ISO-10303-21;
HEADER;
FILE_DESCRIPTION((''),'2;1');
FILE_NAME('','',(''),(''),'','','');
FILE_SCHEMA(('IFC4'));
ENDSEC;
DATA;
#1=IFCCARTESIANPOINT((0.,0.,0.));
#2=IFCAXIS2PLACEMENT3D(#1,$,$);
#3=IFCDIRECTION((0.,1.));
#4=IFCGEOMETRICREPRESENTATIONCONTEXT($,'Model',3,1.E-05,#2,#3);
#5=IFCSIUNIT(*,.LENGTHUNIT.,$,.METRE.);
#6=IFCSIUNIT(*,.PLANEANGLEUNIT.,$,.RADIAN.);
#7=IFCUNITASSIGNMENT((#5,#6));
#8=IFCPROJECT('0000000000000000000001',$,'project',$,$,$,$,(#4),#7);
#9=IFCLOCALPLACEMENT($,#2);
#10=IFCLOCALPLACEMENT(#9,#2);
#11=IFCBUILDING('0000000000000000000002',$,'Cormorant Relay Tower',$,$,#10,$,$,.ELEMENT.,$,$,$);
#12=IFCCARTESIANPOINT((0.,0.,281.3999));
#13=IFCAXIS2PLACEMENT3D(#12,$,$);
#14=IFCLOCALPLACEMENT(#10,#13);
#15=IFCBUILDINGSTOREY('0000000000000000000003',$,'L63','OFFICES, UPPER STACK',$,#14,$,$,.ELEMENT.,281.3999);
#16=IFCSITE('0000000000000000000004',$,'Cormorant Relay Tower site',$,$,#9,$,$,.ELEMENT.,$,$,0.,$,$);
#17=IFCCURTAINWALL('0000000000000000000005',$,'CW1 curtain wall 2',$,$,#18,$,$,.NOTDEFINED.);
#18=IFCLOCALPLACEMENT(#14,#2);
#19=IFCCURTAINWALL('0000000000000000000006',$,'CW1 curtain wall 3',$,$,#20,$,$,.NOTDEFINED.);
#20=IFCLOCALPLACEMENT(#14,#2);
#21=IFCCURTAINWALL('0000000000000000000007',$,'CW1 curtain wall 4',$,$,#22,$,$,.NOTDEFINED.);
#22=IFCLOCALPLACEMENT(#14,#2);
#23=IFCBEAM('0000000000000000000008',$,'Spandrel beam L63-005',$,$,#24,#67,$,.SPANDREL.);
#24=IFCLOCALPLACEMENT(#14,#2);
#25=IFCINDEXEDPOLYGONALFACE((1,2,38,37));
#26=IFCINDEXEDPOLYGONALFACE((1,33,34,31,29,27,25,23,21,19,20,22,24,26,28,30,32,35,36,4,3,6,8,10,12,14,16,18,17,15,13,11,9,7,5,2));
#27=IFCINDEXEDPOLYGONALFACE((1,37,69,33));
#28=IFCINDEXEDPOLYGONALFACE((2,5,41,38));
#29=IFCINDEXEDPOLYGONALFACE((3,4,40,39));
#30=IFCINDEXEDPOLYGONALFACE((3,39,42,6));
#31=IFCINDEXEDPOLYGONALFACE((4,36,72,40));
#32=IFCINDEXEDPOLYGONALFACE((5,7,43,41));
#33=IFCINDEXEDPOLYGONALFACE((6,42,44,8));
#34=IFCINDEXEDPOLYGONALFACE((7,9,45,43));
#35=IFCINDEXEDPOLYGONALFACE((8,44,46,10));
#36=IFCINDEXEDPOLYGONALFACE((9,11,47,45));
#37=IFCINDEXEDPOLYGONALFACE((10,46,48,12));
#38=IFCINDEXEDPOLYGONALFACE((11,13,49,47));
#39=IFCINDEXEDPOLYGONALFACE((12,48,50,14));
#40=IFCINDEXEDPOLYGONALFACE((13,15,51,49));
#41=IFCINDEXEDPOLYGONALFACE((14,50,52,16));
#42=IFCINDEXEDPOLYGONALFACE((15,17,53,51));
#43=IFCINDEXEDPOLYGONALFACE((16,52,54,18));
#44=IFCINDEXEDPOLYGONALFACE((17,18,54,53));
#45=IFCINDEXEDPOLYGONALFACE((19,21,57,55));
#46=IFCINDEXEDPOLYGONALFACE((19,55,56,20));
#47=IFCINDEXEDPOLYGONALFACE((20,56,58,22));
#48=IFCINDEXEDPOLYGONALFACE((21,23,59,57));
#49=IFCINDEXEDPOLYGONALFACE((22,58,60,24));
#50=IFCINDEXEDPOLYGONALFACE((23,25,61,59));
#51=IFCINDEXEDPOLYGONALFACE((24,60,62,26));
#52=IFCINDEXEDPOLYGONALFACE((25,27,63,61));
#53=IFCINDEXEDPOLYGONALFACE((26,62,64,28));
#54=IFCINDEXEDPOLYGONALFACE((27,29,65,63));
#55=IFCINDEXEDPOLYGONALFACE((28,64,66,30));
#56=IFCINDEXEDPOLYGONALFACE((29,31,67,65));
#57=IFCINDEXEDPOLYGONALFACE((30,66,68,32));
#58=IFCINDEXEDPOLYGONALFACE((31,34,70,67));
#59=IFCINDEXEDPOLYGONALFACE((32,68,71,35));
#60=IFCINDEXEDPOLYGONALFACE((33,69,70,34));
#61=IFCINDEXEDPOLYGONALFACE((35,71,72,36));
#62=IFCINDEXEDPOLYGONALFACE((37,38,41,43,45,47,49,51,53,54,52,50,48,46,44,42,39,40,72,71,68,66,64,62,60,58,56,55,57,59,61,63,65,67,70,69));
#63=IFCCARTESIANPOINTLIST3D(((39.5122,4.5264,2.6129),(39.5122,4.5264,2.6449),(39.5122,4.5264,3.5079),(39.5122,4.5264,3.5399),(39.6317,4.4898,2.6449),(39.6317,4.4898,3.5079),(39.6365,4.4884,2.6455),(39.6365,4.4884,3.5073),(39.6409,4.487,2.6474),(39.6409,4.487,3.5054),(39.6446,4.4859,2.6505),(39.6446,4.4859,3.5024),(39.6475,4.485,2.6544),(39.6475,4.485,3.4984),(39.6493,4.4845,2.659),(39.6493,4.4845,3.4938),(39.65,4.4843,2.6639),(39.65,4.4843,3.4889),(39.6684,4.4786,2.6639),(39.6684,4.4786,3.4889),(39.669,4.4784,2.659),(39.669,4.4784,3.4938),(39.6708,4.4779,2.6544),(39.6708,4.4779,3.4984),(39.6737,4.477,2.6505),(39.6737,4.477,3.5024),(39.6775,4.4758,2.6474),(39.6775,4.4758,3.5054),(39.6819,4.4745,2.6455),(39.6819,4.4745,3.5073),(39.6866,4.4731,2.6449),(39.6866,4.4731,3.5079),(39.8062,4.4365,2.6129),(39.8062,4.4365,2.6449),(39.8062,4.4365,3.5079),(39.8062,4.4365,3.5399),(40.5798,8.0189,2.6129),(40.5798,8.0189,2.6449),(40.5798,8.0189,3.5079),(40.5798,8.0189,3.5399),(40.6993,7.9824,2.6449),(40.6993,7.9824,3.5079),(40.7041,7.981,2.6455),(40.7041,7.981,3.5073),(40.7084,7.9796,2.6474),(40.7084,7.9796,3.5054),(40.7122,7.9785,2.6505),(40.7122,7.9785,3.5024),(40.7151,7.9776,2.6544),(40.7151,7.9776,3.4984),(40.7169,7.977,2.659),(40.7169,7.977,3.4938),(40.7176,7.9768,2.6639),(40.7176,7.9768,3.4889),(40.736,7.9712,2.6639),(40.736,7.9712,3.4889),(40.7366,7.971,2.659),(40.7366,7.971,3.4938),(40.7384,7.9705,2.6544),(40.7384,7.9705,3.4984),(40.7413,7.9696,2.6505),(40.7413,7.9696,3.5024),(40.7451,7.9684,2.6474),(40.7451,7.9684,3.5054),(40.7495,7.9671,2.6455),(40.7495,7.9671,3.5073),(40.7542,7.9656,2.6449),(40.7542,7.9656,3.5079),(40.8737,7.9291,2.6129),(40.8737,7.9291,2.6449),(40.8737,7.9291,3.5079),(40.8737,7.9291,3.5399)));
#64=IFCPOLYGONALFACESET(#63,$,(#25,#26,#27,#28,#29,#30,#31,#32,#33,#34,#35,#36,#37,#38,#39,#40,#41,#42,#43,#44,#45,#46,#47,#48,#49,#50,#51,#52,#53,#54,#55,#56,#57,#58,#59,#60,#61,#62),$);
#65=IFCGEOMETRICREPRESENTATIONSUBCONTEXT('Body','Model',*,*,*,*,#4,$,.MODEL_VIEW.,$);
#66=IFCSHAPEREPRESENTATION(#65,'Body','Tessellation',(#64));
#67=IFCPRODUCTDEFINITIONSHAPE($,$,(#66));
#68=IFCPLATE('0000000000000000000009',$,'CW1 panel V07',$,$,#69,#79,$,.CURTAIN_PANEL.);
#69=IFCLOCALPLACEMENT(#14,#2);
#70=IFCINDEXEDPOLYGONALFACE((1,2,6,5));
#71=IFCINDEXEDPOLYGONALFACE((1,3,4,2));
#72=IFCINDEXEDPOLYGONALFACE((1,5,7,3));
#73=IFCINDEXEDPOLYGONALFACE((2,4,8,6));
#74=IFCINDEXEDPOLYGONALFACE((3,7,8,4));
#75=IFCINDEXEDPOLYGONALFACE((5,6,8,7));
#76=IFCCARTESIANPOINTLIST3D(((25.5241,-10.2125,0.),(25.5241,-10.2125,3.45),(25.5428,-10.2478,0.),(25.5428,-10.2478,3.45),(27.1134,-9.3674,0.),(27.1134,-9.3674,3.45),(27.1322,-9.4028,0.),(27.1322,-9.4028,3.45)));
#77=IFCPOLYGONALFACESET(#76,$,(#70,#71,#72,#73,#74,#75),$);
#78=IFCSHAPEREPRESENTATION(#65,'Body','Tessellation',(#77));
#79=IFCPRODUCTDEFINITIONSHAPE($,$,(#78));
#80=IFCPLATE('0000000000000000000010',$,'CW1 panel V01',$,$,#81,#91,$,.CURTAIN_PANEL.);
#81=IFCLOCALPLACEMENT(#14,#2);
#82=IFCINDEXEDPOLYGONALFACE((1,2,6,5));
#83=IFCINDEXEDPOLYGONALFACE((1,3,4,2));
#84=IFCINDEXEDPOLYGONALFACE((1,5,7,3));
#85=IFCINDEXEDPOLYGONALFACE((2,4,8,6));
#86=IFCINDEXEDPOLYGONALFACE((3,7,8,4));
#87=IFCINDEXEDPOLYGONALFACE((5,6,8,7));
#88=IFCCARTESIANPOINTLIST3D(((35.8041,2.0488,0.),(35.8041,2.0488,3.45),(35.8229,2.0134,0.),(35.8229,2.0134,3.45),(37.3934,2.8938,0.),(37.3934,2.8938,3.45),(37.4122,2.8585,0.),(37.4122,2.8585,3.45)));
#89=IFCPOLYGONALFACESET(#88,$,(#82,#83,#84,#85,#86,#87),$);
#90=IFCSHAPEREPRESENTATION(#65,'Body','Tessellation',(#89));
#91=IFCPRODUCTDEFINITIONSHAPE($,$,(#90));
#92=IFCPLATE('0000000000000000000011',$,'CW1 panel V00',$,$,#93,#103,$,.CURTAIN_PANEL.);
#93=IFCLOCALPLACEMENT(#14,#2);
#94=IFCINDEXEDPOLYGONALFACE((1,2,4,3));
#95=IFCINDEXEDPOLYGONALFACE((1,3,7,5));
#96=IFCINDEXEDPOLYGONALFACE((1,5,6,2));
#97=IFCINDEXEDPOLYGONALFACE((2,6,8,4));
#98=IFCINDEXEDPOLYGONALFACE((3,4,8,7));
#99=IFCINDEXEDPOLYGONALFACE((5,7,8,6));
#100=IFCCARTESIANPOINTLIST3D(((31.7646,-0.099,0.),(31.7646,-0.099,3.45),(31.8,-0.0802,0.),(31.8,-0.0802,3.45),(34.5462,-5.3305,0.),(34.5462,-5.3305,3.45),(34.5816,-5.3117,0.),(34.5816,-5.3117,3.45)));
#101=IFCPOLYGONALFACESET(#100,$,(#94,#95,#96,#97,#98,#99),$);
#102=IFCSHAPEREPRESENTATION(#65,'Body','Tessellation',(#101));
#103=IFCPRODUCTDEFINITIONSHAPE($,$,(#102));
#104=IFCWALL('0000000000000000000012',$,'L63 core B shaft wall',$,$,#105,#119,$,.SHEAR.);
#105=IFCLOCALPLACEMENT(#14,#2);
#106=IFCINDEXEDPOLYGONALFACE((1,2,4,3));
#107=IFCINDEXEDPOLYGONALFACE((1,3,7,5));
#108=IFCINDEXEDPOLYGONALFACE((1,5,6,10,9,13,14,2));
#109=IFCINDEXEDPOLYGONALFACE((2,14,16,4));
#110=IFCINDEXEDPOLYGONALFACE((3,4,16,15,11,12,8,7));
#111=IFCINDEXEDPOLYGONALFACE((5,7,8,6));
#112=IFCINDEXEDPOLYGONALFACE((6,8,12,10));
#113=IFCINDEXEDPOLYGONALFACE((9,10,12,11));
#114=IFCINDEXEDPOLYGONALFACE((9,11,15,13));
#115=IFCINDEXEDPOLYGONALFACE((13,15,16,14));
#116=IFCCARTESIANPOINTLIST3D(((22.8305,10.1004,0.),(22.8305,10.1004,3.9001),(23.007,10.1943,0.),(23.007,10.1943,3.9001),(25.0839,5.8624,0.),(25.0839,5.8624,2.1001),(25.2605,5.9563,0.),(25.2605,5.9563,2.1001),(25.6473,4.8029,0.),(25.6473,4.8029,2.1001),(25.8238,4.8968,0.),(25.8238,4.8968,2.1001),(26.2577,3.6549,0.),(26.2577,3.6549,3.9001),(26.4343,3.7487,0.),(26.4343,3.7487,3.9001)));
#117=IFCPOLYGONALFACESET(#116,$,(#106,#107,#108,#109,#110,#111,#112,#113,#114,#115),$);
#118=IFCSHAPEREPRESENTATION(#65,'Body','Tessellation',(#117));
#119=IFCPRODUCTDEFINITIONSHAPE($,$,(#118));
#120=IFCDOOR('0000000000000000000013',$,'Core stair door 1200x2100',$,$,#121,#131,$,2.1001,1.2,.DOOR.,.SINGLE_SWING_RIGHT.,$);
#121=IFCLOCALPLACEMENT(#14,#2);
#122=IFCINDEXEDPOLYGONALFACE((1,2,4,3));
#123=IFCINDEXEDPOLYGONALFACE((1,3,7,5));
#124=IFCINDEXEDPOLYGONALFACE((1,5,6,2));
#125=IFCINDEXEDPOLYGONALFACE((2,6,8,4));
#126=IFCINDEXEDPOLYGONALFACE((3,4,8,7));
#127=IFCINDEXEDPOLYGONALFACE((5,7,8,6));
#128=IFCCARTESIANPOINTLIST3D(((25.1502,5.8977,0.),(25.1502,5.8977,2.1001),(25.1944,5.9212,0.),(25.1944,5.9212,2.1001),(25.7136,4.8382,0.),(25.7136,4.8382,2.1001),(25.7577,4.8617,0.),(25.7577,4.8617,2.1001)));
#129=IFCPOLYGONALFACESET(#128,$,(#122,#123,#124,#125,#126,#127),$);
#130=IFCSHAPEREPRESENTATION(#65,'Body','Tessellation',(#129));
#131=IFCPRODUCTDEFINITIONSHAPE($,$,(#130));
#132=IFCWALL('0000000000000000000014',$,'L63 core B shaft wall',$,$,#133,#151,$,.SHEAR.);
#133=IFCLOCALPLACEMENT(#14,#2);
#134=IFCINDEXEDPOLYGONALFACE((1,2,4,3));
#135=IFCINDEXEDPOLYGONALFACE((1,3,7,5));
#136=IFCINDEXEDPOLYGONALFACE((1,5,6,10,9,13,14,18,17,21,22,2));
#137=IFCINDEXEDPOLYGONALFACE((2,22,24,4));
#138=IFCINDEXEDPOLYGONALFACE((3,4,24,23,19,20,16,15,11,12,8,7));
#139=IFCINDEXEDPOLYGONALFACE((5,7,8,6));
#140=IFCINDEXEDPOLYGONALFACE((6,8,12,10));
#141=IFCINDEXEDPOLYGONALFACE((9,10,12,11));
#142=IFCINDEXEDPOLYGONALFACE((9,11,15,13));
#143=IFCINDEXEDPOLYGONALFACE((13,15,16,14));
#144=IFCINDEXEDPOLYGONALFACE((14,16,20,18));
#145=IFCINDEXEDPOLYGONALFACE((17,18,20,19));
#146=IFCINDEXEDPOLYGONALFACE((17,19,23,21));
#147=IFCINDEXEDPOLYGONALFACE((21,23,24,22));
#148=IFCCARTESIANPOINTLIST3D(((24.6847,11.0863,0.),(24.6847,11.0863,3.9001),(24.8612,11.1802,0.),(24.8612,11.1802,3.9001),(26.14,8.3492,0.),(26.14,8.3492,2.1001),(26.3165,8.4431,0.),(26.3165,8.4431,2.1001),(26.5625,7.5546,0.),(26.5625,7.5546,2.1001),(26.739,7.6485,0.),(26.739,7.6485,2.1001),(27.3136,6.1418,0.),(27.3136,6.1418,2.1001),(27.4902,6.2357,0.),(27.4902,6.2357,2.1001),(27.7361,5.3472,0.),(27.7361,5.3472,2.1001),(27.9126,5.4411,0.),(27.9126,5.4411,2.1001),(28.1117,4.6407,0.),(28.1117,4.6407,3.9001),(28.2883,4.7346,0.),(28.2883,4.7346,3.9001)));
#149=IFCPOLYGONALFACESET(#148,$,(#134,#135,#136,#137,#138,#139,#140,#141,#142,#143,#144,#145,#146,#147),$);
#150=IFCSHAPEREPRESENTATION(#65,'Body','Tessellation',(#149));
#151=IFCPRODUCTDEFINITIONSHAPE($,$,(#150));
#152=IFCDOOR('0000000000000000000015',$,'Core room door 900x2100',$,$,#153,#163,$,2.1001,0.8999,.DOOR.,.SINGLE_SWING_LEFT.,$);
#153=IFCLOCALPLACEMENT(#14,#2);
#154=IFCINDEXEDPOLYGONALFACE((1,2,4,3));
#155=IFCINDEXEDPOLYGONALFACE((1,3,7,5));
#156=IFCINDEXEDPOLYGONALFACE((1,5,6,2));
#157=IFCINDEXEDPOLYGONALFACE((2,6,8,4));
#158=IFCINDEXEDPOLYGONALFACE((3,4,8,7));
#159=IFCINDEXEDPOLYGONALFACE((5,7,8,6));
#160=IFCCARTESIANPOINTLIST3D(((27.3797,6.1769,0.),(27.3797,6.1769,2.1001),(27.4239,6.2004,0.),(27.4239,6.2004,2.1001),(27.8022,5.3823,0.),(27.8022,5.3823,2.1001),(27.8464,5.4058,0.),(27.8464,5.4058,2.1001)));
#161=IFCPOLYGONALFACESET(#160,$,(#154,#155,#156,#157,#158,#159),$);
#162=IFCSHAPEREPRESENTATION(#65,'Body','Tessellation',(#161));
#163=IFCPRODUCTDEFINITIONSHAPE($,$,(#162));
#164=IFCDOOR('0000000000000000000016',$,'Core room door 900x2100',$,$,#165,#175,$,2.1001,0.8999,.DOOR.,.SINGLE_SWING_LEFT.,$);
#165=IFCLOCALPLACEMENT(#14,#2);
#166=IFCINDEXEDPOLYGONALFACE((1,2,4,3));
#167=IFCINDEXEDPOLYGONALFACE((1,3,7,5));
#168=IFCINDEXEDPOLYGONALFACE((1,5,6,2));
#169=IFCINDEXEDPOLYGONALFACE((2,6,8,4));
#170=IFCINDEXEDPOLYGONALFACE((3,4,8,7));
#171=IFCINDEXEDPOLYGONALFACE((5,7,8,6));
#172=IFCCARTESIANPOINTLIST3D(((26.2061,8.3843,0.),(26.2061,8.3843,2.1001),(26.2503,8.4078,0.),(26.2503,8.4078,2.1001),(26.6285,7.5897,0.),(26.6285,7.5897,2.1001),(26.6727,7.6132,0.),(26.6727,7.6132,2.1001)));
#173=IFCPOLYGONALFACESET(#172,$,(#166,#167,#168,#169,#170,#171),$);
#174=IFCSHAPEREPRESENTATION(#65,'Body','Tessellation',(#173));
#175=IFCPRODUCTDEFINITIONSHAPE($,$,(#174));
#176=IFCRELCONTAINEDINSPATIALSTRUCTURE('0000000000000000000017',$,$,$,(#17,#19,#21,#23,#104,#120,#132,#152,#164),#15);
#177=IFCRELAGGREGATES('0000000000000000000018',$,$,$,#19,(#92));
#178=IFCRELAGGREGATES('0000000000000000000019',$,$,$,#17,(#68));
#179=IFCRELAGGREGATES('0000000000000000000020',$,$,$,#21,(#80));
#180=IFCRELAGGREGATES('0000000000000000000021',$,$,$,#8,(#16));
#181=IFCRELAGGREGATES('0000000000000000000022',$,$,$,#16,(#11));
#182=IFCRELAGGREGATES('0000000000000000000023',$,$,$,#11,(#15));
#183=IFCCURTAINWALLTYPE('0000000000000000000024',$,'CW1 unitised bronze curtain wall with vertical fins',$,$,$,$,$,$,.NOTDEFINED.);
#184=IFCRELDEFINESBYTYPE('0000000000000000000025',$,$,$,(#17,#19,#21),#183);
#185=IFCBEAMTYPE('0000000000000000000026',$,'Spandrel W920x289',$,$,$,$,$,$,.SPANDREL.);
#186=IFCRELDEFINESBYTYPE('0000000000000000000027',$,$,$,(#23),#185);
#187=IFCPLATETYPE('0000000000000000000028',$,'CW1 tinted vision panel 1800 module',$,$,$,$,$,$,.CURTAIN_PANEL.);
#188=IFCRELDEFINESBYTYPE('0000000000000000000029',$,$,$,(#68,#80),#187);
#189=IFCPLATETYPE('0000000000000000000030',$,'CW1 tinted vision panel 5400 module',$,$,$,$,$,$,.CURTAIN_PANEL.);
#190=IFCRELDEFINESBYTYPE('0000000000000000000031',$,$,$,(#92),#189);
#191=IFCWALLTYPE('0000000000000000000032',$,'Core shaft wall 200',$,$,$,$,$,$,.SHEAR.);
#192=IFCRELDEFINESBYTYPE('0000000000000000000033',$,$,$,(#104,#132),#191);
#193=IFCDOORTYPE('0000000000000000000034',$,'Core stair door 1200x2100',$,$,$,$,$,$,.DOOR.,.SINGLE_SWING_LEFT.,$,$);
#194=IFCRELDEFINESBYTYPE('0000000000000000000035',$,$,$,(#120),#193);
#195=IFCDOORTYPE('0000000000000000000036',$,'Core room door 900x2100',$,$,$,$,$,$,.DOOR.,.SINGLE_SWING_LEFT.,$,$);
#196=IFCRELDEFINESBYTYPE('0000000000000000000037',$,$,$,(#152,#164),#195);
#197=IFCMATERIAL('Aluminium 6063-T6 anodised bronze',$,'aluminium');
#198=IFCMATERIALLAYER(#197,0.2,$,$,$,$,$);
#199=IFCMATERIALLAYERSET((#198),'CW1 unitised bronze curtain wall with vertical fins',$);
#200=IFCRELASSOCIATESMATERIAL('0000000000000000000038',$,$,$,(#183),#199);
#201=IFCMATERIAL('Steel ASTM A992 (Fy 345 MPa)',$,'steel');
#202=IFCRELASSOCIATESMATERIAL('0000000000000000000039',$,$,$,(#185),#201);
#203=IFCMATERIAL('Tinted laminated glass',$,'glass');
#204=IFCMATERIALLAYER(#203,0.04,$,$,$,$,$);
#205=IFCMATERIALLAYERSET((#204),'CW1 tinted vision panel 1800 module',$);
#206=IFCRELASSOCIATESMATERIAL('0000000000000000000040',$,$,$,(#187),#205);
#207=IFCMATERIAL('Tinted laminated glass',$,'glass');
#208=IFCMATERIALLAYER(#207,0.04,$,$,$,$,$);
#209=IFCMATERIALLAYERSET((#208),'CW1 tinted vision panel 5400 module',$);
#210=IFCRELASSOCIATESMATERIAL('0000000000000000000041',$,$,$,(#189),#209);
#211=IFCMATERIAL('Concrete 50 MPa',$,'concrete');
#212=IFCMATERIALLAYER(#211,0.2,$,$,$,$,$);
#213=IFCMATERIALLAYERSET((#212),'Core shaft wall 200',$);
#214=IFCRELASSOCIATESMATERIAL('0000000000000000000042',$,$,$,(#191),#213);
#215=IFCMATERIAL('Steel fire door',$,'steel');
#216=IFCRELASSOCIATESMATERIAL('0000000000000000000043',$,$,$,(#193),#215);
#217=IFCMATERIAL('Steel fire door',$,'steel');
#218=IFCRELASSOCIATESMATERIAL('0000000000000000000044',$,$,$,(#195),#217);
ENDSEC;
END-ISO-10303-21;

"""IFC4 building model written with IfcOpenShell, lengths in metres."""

from ifc_helpers import new_model, si_unit, direction, frame, frame_2d, origin, origin_2d, place, context, subcontext, project, spatial, rectangle, i_section, extrude, material, layer, layer_set, material_profile, profile_set, type_object, element, fill, aggregate, save


model = new_model("IFC4")

# Units and contexts
model_context = context("Model", 3, precision=1e-05, world=origin(), true_north=direction((0.0, 1.0)))
body_context = subcontext(model_context, "Body", "Model", "MODEL_VIEW")
ifc_project = project(units=[si_unit("LENGTHUNIT", "METRE"), si_unit("PLANEANGLEUNIT", "RADIAN")], contexts=[model_context])

# Site, building, storey
site_placement = place(None, origin())
site = spatial("IfcSite", under=ifc_project, at=site_placement, Name="Cormorant Relay Tower site", CompositionType="ELEMENT", RefElevation=0.0)
building_placement = place(site_placement, origin())
building = spatial("IfcBuilding", under=site, at=building_placement, Name="Cormorant Relay Tower", CompositionType="ELEMENT")
storey_placement = place(building_placement, frame((0.0, 0.0, 281.3999)))
storey = spatial("IfcBuildingStorey", under=building, at=storey_placement, Name="L63", Description="OFFICES, UPPER STACK", CompositionType="ELEMENT", Elevation=281.3999)

# Curtain walls
ifc_material_1 = material(Name="Aluminium 6063-T6 anodised bronze", Category="aluminium")
ifc_layer_1 = layer(ifc_material_1, 0.2)
ifc_layer_set_1 = layer_set([ifc_layer_1], Name="CW1 unitised bronze curtain wall with vertical fins")
curtain_wall_type = type_object("IfcCurtainWallType", Name="CW1 unitised bronze curtain wall with vertical fins", PredefinedType="NOTDEFINED", material=ifc_layer_set_1)
curtain_wall_1_placement = place(storey_placement, origin())
curtain_wall_1 = element("IfcCurtainWall", 1, at=curtain_wall_1_placement, inside=storey, type_object=curtain_wall_type, Name="CW1 curtain wall 2", PredefinedType="NOTDEFINED")
curtain_wall_2_placement = place(storey_placement, origin())
curtain_wall_2 = element("IfcCurtainWall", 2, at=curtain_wall_2_placement, inside=storey, type_object=curtain_wall_type, Name="CW1 curtain wall 3", PredefinedType="NOTDEFINED")

# Curtain wall
curtain_wall_3_placement = place(storey_placement, origin())
curtain_wall_3 = element("IfcCurtainWall", 3, at=curtain_wall_3_placement, inside=storey, type_object=curtain_wall_type, Name="CW1 curtain wall 4", PredefinedType="NOTDEFINED")

# Beam
ifc_material_2 = material(Name="Steel ASTM A992 (Fy 345 MPa)", Category="steel")
ifc_material_profile_1 = material_profile(ifc_material_2, i_section(OverallWidth=0.3074, OverallDepth=0.927, WebThickness=0.0193, FlangeThickness=0.032, FilletRadius=0.019, at=origin_2d()), Name="W920x289")
ifc_profile_set_1 = profile_set([ifc_material_profile_1], Name="Steel ASTM A992 (Fy 345 MPa)")
beam_type = type_object("IfcBeamType", Name="Spandrel W920x289", PredefinedType="SPANDREL", material=ifc_profile_set_1)
beam_1_placement = place(storey_placement, frame((39.6592, 4.4814, 3.0764), z_axis=(0.292324, 0.956319, 0.0), x_axis=(-0.956319, 0.292324, 0.0)))
element("IfcBeam", 4, at=beam_1_placement, inside=storey, type_object=beam_type, Name="Spandrel beam L63-005", PredefinedType="SPANDREL", context=body_context, shape_type="SweptSolid", body=[
    extrude(i_section(OverallWidth=0.3074, OverallDepth=0.927, WebThickness=0.0193, FlangeThickness=0.032, FilletRadius=0.019, at=origin_2d()), origin(), (0.0, 0.0, 1.0), 3.6521),
])

# Plates
ifc_material_3 = material(Name="Tinted laminated glass", Category="glass")
ifc_layer_2 = layer(ifc_material_3, 0.04)
ifc_layer_set_2 = layer_set([ifc_layer_2], Name="CW1 tinted vision panel 1800 module")
plate_type_1 = type_object("IfcPlateType", Name="CW1 tinted vision panel 1800 module", PredefinedType="CURTAIN_PANEL", material=ifc_layer_set_2)
plate_1_placement = place(storey_placement, frame((26.3281, -9.8076, 0.0), z_axis=(0.0, 0.0, 1.0), x_axis=(0.882948, 0.469472, 0.0)))
plate_1 = element("IfcPlate", 5, at=plate_1_placement, type_object=plate_type_1, Name="CW1 panel V07", PredefinedType="CURTAIN_PANEL", context=body_context, shape_type="SweptSolid", body=[
    extrude(rectangle(XDim=1.8, YDim=0.04, at=origin_2d()), origin(), (0.0, 0.0, 1.0), 3.45),
])
plate_2_placement = place(storey_placement, frame((36.6082, 2.4536, 0.0), z_axis=(0.0, 0.0, 1.0), x_axis=(0.882948, 0.469472, 0.0)))
plate_2 = element("IfcPlate", 6, at=plate_2_placement, type_object=plate_type_1, Name="CW1 panel V01", PredefinedType="CURTAIN_PANEL", context=body_context, shape_type="SweptSolid", body=[
    extrude(rectangle(XDim=1.8, YDim=0.04, at=origin_2d()), origin(), (0.0, 0.0, 1.0), 3.45),
])
ifc_material_4 = material(Name="Tinted laminated glass", Category="glass")
ifc_layer_3 = layer(ifc_material_4, 0.04)
ifc_layer_set_3 = layer_set([ifc_layer_3], Name="CW1 tinted vision panel 5400 module")
plate_type_2 = type_object("IfcPlateType", Name="CW1 tinted vision panel 5400 module", PredefinedType="CURTAIN_PANEL", material=ifc_layer_set_3)
plate_3_placement = place(storey_placement, frame((33.1731, -2.7053, 0.0), z_axis=(0.0, 0.0, 1.0), x_axis=(-0.469472, 0.882948, 0.0)))
plate_3 = element("IfcPlate", 7, at=plate_3_placement, type_object=plate_type_2, Name="CW1 panel V00", PredefinedType="CURTAIN_PANEL", context=body_context, shape_type="SweptSolid", body=[
    extrude(rectangle(XDim=5.925, YDim=0.04, at=origin_2d()), origin(), (0.0, 0.0, 1.0), 3.45),
])
aggregate(curtain_wall_2, [plate_3])

# Wall, opening, door
ifc_material_5 = material(Name="Concrete 50 MPa", Category="concrete")
ifc_layer_4 = layer(ifc_material_5, 0.2)
ifc_layer_set_4 = layer_set([ifc_layer_4], Name="Core shaft wall 200")
wall_type_1 = type_object("IfcWallType", Name="Core shaft wall 200", PredefinedType="SHEAR", material=ifc_layer_set_4)
wall_1_placement = place(storey_placement, frame((26.3459, 3.7019, 0.0), z_axis=(0.0, 0.0, 1.0), x_axis=(-0.46948, 0.882943, 0.0)))
wall_1 = element("IfcWall", 8, at=wall_1_placement, inside=storey, type_object=wall_type_1, Name="L63 core B shaft wall", PredefinedType="SHEAR", context=body_context, shape_type="SweptSolid", body=[
    extrude(rectangle(XDim=7.3, YDim=0.2, at=frame_2d((3.6499, 0.0))), origin(), (0.0, 0.0, 1.0), 3.9001),
])
opening_1_placement = place(wall_1_placement, frame((1.3, 0.0, 0.0)))
opening_1 = element("IfcOpeningElement", 9, at=opening_1_placement, cuts=wall_1, PredefinedType="OPENING", context=body_context, shape_type="SweptSolid", body=[
    extrude(rectangle(XDim=1.2, YDim=2.1001, at=frame_2d((0.6001, 1.05))), frame((0.0, 0.1099, 0.0), z_axis=(0.0, -1.0, 0.0), x_axis=(1.0, 0.0, 0.0)), (0.0, 0.0, 1.0), 0.22),
])
ifc_material_6 = material(Name="Steel fire door", Category="steel")
door_type_1 = type_object("IfcDoorType", Name="Core stair door 1200x2100", OperationType="SINGLE_SWING_LEFT", PredefinedType="DOOR", material=ifc_material_6)
door_1_placement = place(opening_1_placement, origin())
door_1 = element("IfcDoor", 10, at=door_1_placement, inside=storey, type_object=door_type_1, Name="Core stair door 1200x2100", OperationType="SINGLE_SWING_RIGHT", OverallHeight=2.1001, OverallWidth=1.2, PredefinedType="DOOR", context=body_context, shape_type="SweptSolid", body=[
    extrude(rectangle(XDim=1.2, YDim=2.1001, at=frame_2d((0.6001, 1.05))), frame((0.0, 0.0249, 0.0), z_axis=(0.0, -1.0, 0.0), x_axis=(1.0, 0.0, 0.0)), (0.0, 0.0, 1.0), 0.05),
])
fill(opening_1, door_1)

# Wall, openings, doors
wall_2_placement = place(storey_placement, frame((28.2, 4.6877, 0.0), z_axis=(0.0, 0.0, 1.0), x_axis=(-0.469454, 0.882957, 0.0)))
wall_2 = element("IfcWall", 11, at=wall_2_placement, inside=storey, type_object=wall_type_1, Name="L63 core B shaft wall", PredefinedType="SHEAR", context=body_context, shape_type="SweptSolid", body=[
    extrude(rectangle(XDim=7.3, YDim=0.2, at=frame_2d((3.6499, 0.0))), origin(), (0.0, 0.0, 1.0), 3.9001),
])
opening_2_placement = place(wall_2_placement, frame((0.8, 0.0, 0.0)))
opening_2 = element("IfcOpeningElement", 12, at=opening_2_placement, cuts=wall_2, PredefinedType="OPENING", context=body_context, shape_type="SweptSolid", body=[
    extrude(rectangle(XDim=0.8999, YDim=2.1001, at=frame_2d((0.45, 1.05))), frame((0.0, 0.1099, 0.0), z_axis=(0.0, -1.0, 0.0), x_axis=(1.0, 0.0, 0.0)), (0.0, 0.0, 1.0), 0.22),
])
opening_3_placement = place(wall_2_placement, frame((3.3, 0.0, 0.0)))
opening_3 = element("IfcOpeningElement", 13, at=opening_3_placement, cuts=wall_2, PredefinedType="OPENING", context=body_context, shape_type="SweptSolid", body=[
    extrude(rectangle(XDim=0.8999, YDim=2.1001, at=frame_2d((0.45, 1.05))), frame((0.0, 0.1099, 0.0), z_axis=(0.0, -1.0, 0.0), x_axis=(1.0, 0.0, 0.0)), (0.0, 0.0, 1.0), 0.22),
])
ifc_material_7 = material(Name="Steel fire door", Category="steel")
door_type_2 = type_object("IfcDoorType", Name="Core room door 900x2100", OperationType="SINGLE_SWING_LEFT", PredefinedType="DOOR", material=ifc_material_7)
door_2_placement = place(opening_2_placement, frame((0.8999, 0.0, 0.0), z_axis=(0.0, 0.0, 1.0), x_axis=(-1.0, 0.0, 0.0)))
door_2 = element("IfcDoor", 14, at=door_2_placement, inside=storey, type_object=door_type_2, Name="Core room door 900x2100", OperationType="SINGLE_SWING_LEFT", OverallHeight=2.1001, OverallWidth=0.8999, PredefinedType="DOOR", context=body_context, shape_type="SweptSolid", body=[
    extrude(rectangle(XDim=0.8999, YDim=2.1001, at=frame_2d((0.45, 1.05))), frame((0.0, 0.0249, 0.0), z_axis=(0.0, -1.0, 0.0), x_axis=(1.0, 0.0, 0.0)), (0.0, 0.0, 1.0), 0.05),
])
fill(opening_2, door_2)
door_3_placement = place(opening_3_placement, frame((0.8999, 0.0, 0.0), z_axis=(0.0, 0.0, 1.0), x_axis=(-1.0, 0.0, 0.0)))
door_3 = element("IfcDoor", 15, at=door_3_placement, inside=storey, type_object=door_type_2, Name="Core room door 900x2100", OperationType="SINGLE_SWING_LEFT", OverallHeight=2.1001, OverallWidth=0.8999, PredefinedType="DOOR", context=body_context, shape_type="SweptSolid", body=[
    extrude(rectangle(XDim=0.8999, YDim=2.1001, at=frame_2d((0.45, 1.05))), frame((0.0, 0.0249, 0.0), z_axis=(0.0, -1.0, 0.0), x_axis=(1.0, 0.0, 0.0)), (0.0, 0.0, 1.0), 0.05),
])
fill(opening_3, door_3)

aggregate(curtain_wall_1, [plate_1])
aggregate(curtain_wall_3, [plate_2])

save(model, "model.ifc")
